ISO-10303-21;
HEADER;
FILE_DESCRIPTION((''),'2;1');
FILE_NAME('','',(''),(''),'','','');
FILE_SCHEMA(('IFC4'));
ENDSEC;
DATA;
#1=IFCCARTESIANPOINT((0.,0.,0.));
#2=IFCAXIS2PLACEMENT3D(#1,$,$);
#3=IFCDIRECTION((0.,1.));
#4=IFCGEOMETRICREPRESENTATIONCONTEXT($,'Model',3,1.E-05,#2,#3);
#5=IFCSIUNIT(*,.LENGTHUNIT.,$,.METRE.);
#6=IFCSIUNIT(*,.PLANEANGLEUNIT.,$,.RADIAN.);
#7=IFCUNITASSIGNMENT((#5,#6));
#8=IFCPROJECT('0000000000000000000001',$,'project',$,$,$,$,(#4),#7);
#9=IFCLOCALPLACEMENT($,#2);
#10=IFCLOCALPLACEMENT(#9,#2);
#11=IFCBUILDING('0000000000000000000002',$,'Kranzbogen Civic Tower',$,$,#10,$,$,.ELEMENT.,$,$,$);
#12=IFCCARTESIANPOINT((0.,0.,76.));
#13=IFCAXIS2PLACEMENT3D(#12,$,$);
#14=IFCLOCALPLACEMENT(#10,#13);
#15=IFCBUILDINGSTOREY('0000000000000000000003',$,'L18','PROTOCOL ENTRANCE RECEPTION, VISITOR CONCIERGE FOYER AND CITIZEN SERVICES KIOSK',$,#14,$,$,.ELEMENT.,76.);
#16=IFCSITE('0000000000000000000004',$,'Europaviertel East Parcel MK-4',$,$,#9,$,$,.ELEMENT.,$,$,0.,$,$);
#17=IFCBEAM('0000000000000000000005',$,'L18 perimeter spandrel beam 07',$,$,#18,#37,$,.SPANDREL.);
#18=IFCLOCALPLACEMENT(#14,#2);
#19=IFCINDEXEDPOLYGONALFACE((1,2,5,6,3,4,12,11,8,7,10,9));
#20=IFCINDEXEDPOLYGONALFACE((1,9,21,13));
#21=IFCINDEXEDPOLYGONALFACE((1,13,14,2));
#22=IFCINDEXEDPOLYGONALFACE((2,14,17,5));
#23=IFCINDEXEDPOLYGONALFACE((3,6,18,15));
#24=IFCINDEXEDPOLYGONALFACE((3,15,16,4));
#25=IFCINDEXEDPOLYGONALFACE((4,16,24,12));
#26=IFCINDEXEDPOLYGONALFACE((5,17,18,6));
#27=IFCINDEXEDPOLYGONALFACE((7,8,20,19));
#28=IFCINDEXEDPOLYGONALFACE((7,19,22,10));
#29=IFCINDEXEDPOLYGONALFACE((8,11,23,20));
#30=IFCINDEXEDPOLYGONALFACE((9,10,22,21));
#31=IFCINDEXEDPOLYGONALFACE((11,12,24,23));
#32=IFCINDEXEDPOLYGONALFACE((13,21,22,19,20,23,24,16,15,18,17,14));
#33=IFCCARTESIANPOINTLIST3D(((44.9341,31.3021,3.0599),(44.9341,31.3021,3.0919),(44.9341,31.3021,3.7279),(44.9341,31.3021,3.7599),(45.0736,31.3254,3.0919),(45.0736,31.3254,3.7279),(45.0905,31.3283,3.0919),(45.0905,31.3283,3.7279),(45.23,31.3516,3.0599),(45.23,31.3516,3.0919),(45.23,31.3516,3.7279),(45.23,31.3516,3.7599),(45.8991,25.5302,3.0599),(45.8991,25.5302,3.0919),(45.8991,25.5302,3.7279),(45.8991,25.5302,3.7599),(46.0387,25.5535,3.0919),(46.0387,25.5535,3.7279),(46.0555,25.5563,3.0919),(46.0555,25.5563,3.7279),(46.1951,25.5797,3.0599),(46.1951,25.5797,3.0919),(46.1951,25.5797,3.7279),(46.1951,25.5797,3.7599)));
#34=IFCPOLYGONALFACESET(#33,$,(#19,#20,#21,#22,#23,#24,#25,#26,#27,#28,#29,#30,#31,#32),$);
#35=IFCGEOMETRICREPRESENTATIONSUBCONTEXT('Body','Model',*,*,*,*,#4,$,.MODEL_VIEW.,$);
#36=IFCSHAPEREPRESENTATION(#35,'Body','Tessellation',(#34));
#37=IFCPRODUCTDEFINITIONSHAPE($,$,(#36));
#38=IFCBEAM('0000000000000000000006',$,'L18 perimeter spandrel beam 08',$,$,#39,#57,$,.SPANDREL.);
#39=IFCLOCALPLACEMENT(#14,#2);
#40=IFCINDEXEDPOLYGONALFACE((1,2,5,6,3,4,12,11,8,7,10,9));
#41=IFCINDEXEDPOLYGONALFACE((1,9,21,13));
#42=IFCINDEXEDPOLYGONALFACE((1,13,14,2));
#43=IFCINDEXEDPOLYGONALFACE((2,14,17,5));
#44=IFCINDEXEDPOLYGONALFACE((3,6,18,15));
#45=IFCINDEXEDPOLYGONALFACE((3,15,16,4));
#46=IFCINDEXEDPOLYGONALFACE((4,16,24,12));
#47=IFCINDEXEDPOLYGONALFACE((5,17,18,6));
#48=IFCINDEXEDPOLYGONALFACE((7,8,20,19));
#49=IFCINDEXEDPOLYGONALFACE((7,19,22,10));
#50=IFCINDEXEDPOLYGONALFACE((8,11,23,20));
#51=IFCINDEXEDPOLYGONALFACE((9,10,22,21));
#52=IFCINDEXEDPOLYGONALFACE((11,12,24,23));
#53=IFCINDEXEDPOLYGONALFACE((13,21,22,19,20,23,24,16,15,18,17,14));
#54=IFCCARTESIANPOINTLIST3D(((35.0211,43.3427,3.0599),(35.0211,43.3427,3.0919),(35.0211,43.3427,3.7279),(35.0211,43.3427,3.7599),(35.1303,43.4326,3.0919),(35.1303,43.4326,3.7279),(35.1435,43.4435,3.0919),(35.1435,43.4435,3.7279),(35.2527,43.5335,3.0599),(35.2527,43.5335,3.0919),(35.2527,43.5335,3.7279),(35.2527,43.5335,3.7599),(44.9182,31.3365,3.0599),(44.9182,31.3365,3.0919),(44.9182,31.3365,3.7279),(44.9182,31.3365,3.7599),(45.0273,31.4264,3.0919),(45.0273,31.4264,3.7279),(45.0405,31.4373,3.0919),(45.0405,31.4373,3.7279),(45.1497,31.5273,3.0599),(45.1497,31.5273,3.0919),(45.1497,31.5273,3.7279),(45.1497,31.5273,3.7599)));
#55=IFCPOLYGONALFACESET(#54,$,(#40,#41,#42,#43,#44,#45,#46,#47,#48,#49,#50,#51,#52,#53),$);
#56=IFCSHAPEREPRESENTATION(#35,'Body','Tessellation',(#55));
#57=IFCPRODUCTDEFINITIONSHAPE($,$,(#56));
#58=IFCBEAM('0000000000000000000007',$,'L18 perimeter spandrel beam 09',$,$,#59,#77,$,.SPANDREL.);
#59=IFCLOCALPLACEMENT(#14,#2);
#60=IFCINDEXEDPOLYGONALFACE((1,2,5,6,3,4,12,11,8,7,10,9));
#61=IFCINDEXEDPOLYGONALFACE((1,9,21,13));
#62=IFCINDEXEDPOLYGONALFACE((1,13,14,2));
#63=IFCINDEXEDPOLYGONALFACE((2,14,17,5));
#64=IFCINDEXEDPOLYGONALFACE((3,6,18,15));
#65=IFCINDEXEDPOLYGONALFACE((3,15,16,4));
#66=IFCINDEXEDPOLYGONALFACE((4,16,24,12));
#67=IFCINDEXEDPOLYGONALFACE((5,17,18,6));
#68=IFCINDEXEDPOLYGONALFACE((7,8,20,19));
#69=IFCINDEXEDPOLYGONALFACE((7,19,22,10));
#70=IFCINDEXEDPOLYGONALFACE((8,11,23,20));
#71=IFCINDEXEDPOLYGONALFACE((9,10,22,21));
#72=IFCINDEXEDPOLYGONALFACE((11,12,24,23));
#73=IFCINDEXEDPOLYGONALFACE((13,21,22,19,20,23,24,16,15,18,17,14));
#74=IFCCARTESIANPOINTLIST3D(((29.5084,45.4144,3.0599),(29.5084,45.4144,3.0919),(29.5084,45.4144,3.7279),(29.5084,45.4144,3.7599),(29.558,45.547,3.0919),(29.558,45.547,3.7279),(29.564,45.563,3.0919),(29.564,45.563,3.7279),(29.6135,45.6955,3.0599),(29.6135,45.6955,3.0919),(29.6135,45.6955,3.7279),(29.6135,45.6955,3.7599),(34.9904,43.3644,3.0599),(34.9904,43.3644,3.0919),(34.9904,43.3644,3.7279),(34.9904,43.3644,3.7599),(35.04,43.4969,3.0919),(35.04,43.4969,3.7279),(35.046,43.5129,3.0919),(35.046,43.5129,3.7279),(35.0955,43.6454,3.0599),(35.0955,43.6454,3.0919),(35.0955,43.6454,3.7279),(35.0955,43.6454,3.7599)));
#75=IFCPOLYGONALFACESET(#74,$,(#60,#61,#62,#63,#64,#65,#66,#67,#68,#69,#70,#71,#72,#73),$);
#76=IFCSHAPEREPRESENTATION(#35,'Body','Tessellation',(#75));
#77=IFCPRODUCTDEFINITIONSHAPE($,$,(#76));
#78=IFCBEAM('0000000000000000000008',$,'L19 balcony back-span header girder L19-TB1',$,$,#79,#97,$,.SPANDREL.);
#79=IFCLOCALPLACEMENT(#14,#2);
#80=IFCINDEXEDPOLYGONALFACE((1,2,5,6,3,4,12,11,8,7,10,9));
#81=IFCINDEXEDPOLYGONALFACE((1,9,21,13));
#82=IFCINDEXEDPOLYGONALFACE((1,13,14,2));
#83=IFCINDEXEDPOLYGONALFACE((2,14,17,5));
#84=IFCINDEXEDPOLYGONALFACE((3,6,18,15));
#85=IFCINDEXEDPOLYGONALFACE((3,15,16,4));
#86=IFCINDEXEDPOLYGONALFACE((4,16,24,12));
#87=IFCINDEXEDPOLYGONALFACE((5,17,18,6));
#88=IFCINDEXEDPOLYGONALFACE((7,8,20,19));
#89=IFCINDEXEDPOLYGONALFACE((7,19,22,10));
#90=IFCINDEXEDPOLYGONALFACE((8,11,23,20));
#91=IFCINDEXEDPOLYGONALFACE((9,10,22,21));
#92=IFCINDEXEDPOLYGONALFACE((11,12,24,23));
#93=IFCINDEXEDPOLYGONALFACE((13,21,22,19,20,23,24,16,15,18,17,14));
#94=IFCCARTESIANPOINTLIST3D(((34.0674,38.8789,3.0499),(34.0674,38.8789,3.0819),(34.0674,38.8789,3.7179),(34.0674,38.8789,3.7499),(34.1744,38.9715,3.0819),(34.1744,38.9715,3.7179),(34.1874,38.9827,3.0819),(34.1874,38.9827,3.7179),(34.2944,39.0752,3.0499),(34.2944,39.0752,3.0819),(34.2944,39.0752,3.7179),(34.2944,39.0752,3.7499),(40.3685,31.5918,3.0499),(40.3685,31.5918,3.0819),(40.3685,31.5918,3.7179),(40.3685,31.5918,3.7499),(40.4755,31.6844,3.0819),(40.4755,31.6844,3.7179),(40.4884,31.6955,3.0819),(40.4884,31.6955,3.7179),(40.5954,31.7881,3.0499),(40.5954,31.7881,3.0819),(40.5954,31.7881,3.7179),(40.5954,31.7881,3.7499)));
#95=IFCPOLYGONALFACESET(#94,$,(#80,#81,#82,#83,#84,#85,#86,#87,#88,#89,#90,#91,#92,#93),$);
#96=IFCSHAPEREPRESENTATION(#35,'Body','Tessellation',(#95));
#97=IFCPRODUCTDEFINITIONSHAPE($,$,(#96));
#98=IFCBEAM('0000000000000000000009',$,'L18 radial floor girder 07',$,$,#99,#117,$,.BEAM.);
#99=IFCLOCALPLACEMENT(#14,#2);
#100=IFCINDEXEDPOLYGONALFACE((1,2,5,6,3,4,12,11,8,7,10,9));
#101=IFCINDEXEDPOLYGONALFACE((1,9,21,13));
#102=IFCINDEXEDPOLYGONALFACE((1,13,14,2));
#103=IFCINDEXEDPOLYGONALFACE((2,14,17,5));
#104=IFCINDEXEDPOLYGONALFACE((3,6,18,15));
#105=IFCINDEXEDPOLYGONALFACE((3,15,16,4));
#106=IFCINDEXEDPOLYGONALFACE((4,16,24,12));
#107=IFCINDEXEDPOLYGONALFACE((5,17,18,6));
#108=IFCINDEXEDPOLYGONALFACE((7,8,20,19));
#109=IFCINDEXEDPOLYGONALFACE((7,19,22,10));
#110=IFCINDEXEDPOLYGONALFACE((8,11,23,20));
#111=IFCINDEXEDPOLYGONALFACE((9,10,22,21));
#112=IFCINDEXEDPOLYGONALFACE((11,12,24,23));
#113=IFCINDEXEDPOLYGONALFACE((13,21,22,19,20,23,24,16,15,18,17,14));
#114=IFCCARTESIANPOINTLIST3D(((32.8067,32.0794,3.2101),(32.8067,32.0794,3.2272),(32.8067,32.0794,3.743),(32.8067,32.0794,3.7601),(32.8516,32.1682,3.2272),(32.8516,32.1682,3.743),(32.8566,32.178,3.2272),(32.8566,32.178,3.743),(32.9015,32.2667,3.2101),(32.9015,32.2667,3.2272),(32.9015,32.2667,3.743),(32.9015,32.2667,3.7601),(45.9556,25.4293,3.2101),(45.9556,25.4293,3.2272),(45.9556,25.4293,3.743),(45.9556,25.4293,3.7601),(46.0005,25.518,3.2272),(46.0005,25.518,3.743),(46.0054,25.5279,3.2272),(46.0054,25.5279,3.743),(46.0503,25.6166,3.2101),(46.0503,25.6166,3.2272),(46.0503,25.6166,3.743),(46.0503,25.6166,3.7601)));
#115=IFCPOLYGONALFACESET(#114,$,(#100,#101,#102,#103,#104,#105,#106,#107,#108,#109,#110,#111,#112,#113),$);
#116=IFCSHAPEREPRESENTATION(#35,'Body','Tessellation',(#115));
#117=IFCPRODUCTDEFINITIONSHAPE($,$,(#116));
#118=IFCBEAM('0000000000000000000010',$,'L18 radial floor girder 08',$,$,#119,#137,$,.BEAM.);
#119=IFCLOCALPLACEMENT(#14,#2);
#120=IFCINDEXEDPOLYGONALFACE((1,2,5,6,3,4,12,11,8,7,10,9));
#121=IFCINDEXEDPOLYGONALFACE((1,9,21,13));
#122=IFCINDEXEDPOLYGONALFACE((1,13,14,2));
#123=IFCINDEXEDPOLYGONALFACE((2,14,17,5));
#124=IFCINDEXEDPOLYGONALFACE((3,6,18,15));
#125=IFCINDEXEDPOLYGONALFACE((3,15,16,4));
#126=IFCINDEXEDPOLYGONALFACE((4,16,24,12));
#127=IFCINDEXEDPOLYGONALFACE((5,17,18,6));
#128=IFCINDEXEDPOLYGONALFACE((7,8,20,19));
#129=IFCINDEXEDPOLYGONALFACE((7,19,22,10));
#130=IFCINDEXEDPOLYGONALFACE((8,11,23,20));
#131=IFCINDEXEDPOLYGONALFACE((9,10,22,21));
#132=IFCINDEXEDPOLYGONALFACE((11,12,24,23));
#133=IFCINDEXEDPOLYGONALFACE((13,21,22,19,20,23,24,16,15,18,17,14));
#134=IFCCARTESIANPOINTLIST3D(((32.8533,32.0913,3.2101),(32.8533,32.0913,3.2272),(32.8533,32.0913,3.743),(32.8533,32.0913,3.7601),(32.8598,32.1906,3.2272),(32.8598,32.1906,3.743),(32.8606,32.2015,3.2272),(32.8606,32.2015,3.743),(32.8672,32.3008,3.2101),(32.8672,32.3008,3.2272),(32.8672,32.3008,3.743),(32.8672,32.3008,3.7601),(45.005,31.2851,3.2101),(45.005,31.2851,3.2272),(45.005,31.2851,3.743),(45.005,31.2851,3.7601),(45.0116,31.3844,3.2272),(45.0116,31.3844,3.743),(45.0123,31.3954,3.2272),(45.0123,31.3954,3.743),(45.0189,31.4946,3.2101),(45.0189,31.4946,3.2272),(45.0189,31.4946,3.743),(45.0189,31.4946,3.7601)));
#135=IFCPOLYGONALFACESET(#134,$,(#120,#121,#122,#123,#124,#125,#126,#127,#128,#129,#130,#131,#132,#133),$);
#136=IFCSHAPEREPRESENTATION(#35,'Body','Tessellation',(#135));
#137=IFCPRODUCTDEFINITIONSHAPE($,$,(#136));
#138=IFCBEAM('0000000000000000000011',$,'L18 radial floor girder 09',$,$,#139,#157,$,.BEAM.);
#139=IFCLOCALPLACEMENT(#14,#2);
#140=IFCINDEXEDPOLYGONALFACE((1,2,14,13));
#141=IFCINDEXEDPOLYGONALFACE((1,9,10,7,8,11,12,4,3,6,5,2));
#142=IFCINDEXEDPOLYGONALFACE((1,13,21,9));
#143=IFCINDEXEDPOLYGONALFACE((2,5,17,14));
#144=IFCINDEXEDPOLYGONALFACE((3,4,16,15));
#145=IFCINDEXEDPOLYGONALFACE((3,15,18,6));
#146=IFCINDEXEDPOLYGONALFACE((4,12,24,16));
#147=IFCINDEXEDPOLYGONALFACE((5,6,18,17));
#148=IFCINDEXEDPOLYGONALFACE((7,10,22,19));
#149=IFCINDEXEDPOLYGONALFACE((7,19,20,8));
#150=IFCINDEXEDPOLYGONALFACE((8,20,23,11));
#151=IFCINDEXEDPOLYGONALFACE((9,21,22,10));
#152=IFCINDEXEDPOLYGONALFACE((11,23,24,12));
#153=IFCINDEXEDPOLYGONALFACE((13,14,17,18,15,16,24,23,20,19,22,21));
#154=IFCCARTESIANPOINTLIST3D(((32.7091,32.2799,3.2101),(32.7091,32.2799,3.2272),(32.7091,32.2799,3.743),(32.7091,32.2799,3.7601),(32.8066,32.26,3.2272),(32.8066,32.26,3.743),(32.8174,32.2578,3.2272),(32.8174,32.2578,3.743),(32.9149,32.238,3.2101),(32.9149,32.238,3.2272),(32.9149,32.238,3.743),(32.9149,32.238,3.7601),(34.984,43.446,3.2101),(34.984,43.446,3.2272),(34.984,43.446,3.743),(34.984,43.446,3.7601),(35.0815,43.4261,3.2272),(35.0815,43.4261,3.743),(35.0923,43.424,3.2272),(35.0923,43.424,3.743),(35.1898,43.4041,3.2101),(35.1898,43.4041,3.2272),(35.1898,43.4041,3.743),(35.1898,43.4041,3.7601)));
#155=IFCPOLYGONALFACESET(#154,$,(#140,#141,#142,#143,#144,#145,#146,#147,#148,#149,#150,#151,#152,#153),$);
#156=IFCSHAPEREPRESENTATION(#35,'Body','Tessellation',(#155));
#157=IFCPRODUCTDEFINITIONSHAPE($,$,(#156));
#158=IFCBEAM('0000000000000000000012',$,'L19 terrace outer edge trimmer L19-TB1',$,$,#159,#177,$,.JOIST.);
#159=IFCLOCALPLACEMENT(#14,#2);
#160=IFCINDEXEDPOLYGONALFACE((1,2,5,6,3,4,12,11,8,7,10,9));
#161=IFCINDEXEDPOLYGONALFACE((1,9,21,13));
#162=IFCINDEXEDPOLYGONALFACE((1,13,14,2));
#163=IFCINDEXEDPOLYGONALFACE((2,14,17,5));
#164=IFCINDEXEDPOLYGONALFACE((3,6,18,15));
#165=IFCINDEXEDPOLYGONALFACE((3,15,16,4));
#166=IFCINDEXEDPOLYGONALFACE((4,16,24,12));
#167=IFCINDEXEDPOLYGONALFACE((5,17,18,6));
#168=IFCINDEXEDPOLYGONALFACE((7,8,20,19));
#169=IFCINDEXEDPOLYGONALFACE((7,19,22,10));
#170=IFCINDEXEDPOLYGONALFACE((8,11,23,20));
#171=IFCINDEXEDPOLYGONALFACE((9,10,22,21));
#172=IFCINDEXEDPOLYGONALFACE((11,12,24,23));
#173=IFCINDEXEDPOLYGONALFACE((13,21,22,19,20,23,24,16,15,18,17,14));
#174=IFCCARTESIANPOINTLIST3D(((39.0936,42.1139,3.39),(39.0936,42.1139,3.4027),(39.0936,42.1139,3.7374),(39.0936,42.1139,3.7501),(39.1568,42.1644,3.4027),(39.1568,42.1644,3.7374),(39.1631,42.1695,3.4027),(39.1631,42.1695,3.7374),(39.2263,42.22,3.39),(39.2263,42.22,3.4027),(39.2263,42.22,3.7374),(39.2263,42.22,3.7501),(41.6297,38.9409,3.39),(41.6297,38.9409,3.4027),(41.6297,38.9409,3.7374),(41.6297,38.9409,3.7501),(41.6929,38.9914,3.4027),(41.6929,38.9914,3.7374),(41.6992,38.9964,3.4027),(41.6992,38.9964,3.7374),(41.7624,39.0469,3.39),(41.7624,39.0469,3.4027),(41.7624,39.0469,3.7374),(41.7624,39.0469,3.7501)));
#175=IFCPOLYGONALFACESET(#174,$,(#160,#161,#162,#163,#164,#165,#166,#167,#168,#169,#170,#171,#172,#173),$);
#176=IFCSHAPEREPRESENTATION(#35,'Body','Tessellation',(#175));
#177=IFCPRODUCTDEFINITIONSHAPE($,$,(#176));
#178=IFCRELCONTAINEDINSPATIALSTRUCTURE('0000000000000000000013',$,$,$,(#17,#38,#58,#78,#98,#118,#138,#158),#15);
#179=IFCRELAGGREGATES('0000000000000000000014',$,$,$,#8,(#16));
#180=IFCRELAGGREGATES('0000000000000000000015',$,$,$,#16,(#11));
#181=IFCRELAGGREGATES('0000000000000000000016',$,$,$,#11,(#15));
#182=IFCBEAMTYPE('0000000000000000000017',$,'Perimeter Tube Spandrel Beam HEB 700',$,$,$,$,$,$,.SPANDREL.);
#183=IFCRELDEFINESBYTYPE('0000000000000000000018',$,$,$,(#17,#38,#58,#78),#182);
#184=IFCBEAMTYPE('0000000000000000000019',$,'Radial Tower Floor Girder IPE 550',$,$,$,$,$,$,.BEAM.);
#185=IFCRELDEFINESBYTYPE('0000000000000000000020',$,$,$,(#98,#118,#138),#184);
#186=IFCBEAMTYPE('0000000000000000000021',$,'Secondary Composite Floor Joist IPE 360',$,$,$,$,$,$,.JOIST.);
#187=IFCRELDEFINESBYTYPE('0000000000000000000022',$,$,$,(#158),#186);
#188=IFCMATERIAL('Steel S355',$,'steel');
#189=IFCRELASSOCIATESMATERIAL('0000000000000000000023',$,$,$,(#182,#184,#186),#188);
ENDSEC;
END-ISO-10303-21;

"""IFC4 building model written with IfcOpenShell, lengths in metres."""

from ifc_helpers import new_model, si_unit, direction, frame, origin, origin_2d, place, context, subcontext, project, spatial, i_section, extrude, material, material_profile, profile_set, type_object, element, save


model = new_model("IFC4")

# Units and contexts
model_context = context("Model", 3, precision=1e-05, world=origin(), true_north=direction((0.0, 1.0)))
body_context = subcontext(model_context, "Body", "Model", "MODEL_VIEW")
ifc_project = project(units=[si_unit("LENGTHUNIT", "METRE"), si_unit("PLANEANGLEUNIT", "RADIAN")], contexts=[model_context])

# Site, building, storey
site_placement = place(None, origin())
site = spatial("IfcSite", under=ifc_project, at=site_placement, Name="Europaviertel East Parcel MK-4", CompositionType="ELEMENT", RefElevation=0.0)
building_placement = place(site_placement, origin())
building = spatial("IfcBuilding", under=site, at=building_placement, Name="Kranzbogen Civic Tower", CompositionType="ELEMENT")
storey_placement = place(building_placement, frame((0.0, 0.0, 76.0)))
storey = spatial("IfcBuildingStorey", under=building, at=storey_placement, Name="L18", Description="PROTOCOL ENTRANCE RECEPTION, VISITOR CONCIERGE FOYER AND CITIZEN SERVICES KIOSK", CompositionType="ELEMENT", Elevation=76.0)

# Shared definitions
ifc_material_1 = material(Name="Steel S355", Category="steel")

# Beams
ifc_material_profile_1 = material_profile(ifc_material_1, i_section(OverallWidth=0.3, OverallDepth=0.7, WebThickness=0.0171, FlangeThickness=0.032, at=origin_2d()), Name="HEB 700")
ifc_profile_set_1 = profile_set([ifc_material_profile_1], Name="Steel S355")
beam_type_1 = type_object("IfcBeamType", Name="Perimeter Tube Spandrel Beam HEB 700", PredefinedType="SPANDREL", material=ifc_profile_set_1)
beam_1_placement = place(storey_placement, frame((46.0471, 25.5549, 3.4099), z_axis=(-0.164913, 0.986308, 0.0), x_axis=(-0.986308, -0.164913, 0.0)))
element("IfcBeam", 1, at=beam_1_placement, inside=storey, type_object=beam_type_1, Name="L18 perimeter spandrel beam 07", PredefinedType="SPANDREL", context=body_context, shape_type="SweptSolid", body=[
    extrude(i_section(OverallWidth=0.3, OverallDepth=0.7, WebThickness=0.0171, FlangeThickness=0.032, at=origin_2d()), origin(), (0.0, 0.0, 1.0), 5.8521),
])
beam_2_placement = place(storey_placement, frame((45.0339, 31.4319, 3.4099), z_axis=(-0.636075, 0.771628, 0.0), x_axis=(-0.771628, -0.636075, 0.0)))
element("IfcBeam", 2, at=beam_2_placement, inside=storey, type_object=beam_type_1, Name="L18 perimeter spandrel beam 08", PredefinedType="SPANDREL", context=body_context, shape_type="SweptSolid", body=[
    extrude(i_section(OverallWidth=0.3, OverallDepth=0.7, WebThickness=0.0171, FlangeThickness=0.032, at=origin_2d()), origin(), (0.0, 0.0, 1.0), 15.5596),
])
beam_3_placement = place(storey_placement, frame((35.043, 43.5049, 3.4099), z_axis=(-0.936648, 0.350273, 0.0), x_axis=(-0.350273, -0.936648, 0.0)))
element("IfcBeam", 3, at=beam_3_placement, inside=storey, type_object=beam_type_1, Name="L18 perimeter spandrel beam 09", PredefinedType="SPANDREL", context=body_context, shape_type="SweptSolid", body=[
    extrude(i_section(OverallWidth=0.3, OverallDepth=0.7, WebThickness=0.0171, FlangeThickness=0.032, at=origin_2d()), origin(), (0.0, 0.0, 1.0), 5.8528),
])
beam_4_placement = place(storey_placement, frame((40.4819, 31.6899, 3.3999), z_axis=(-0.654072, 0.756432, 0.0), x_axis=(-0.756432, -0.654072, 0.0)))
element("IfcBeam", 4, at=beam_4_placement, inside=storey, type_object=beam_type_1, Name="L19 balcony back-span header girder L19-TB1", PredefinedType="SPANDREL", context=body_context, shape_type="SweptSolid", body=[
    extrude(i_section(OverallWidth=0.3, OverallDepth=0.7, WebThickness=0.0171, FlangeThickness=0.032, at=origin_2d()), origin(), (0.0, 0.0, 1.0), 9.6335),
])
ifc_material_profile_2 = material_profile(ifc_material_1, i_section(OverallWidth=0.21, OverallDepth=0.55, WebThickness=0.011, FlangeThickness=0.0171, at=origin_2d()), Name="IPE 550")
ifc_profile_set_2 = profile_set([ifc_material_profile_2], Name="Steel S355")
beam_type_2 = type_object("IfcBeamType", Name="Radial Tower Floor Girder IPE 550", PredefinedType="BEAM", material=ifc_profile_set_2)
beam_5_placement = place(storey_placement, frame((46.0029, 25.5229, 3.4851), z_axis=(-0.892363, 0.451318, 0.0), x_axis=(-0.451318, -0.892363, 0.0)))
element("IfcBeam", 5, at=beam_5_placement, inside=storey, type_object=beam_type_2, Name="L18 radial floor girder 07", PredefinedType="BEAM", context=body_context, shape_type="SweptSolid", body=[
    extrude(i_section(OverallWidth=0.21, OverallDepth=0.55, WebThickness=0.011, FlangeThickness=0.0171, at=origin_2d()), origin(), (0.0, 0.0, 1.0), 14.7349),
])
beam_6_placement = place(storey_placement, frame((45.012, 31.3899, 3.4851), z_axis=(-0.997807, 0.066194, 0.0), x_axis=(-0.066194, -0.997807, 0.0)))
element("IfcBeam", 6, at=beam_6_placement, inside=storey, type_object=beam_type_2, Name="L18 radial floor girder 08", PredefinedType="BEAM", context=body_context, shape_type="SweptSolid", body=[
    extrude(i_section(OverallWidth=0.21, OverallDepth=0.55, WebThickness=0.011, FlangeThickness=0.0171, at=origin_2d()), origin(), (0.0, 0.0, 1.0), 12.1785),
])
beam_7_placement = place(storey_placement, frame((35.0869, 43.425, 3.4851), z_axis=(-0.199633, -0.979871, 0.0), x_axis=(0.979871, -0.199633, 0.0)))
element("IfcBeam", 7, at=beam_7_placement, inside=storey, type_object=beam_type_2, Name="L18 radial floor girder 09", PredefinedType="BEAM", context=body_context, shape_type="SweptSolid", body=[
    extrude(i_section(OverallWidth=0.21, OverallDepth=0.55, WebThickness=0.011, FlangeThickness=0.0171, at=origin_2d()), origin(), (0.0, 0.0, 1.0), 11.3955),
])
ifc_material_profile_3 = material_profile(ifc_material_1, i_section(OverallWidth=0.1699, OverallDepth=0.3601, WebThickness=0.0081, FlangeThickness=0.0127, at=origin_2d()), Name="IPE 360")
ifc_profile_set_3 = profile_set([ifc_material_profile_3], Name="Steel S355")
beam_type_3 = type_object("IfcBeamType", Name="Secondary Composite Floor Joist IPE 360", PredefinedType="JOIST", material=ifc_profile_set_3)
beam_8_placement = place(storey_placement, frame((41.696, 38.9939, 3.5701), z_axis=(-0.624343, 0.78115, 0.0), x_axis=(-0.78115, -0.624343, 0.0)))
element("IfcBeam", 8, at=beam_8_placement, inside=storey, type_object=beam_type_3, Name="L19 terrace outer edge trimmer L19-TB1", PredefinedType="JOIST", context=body_context, shape_type="SweptSolid", body=[
    extrude(i_section(OverallWidth=0.1699, OverallDepth=0.3601, WebThickness=0.0081, FlangeThickness=0.0127, at=origin_2d()), origin(), (0.0, 0.0, 1.0), 4.062),
])

save(model, "model.ifc")
